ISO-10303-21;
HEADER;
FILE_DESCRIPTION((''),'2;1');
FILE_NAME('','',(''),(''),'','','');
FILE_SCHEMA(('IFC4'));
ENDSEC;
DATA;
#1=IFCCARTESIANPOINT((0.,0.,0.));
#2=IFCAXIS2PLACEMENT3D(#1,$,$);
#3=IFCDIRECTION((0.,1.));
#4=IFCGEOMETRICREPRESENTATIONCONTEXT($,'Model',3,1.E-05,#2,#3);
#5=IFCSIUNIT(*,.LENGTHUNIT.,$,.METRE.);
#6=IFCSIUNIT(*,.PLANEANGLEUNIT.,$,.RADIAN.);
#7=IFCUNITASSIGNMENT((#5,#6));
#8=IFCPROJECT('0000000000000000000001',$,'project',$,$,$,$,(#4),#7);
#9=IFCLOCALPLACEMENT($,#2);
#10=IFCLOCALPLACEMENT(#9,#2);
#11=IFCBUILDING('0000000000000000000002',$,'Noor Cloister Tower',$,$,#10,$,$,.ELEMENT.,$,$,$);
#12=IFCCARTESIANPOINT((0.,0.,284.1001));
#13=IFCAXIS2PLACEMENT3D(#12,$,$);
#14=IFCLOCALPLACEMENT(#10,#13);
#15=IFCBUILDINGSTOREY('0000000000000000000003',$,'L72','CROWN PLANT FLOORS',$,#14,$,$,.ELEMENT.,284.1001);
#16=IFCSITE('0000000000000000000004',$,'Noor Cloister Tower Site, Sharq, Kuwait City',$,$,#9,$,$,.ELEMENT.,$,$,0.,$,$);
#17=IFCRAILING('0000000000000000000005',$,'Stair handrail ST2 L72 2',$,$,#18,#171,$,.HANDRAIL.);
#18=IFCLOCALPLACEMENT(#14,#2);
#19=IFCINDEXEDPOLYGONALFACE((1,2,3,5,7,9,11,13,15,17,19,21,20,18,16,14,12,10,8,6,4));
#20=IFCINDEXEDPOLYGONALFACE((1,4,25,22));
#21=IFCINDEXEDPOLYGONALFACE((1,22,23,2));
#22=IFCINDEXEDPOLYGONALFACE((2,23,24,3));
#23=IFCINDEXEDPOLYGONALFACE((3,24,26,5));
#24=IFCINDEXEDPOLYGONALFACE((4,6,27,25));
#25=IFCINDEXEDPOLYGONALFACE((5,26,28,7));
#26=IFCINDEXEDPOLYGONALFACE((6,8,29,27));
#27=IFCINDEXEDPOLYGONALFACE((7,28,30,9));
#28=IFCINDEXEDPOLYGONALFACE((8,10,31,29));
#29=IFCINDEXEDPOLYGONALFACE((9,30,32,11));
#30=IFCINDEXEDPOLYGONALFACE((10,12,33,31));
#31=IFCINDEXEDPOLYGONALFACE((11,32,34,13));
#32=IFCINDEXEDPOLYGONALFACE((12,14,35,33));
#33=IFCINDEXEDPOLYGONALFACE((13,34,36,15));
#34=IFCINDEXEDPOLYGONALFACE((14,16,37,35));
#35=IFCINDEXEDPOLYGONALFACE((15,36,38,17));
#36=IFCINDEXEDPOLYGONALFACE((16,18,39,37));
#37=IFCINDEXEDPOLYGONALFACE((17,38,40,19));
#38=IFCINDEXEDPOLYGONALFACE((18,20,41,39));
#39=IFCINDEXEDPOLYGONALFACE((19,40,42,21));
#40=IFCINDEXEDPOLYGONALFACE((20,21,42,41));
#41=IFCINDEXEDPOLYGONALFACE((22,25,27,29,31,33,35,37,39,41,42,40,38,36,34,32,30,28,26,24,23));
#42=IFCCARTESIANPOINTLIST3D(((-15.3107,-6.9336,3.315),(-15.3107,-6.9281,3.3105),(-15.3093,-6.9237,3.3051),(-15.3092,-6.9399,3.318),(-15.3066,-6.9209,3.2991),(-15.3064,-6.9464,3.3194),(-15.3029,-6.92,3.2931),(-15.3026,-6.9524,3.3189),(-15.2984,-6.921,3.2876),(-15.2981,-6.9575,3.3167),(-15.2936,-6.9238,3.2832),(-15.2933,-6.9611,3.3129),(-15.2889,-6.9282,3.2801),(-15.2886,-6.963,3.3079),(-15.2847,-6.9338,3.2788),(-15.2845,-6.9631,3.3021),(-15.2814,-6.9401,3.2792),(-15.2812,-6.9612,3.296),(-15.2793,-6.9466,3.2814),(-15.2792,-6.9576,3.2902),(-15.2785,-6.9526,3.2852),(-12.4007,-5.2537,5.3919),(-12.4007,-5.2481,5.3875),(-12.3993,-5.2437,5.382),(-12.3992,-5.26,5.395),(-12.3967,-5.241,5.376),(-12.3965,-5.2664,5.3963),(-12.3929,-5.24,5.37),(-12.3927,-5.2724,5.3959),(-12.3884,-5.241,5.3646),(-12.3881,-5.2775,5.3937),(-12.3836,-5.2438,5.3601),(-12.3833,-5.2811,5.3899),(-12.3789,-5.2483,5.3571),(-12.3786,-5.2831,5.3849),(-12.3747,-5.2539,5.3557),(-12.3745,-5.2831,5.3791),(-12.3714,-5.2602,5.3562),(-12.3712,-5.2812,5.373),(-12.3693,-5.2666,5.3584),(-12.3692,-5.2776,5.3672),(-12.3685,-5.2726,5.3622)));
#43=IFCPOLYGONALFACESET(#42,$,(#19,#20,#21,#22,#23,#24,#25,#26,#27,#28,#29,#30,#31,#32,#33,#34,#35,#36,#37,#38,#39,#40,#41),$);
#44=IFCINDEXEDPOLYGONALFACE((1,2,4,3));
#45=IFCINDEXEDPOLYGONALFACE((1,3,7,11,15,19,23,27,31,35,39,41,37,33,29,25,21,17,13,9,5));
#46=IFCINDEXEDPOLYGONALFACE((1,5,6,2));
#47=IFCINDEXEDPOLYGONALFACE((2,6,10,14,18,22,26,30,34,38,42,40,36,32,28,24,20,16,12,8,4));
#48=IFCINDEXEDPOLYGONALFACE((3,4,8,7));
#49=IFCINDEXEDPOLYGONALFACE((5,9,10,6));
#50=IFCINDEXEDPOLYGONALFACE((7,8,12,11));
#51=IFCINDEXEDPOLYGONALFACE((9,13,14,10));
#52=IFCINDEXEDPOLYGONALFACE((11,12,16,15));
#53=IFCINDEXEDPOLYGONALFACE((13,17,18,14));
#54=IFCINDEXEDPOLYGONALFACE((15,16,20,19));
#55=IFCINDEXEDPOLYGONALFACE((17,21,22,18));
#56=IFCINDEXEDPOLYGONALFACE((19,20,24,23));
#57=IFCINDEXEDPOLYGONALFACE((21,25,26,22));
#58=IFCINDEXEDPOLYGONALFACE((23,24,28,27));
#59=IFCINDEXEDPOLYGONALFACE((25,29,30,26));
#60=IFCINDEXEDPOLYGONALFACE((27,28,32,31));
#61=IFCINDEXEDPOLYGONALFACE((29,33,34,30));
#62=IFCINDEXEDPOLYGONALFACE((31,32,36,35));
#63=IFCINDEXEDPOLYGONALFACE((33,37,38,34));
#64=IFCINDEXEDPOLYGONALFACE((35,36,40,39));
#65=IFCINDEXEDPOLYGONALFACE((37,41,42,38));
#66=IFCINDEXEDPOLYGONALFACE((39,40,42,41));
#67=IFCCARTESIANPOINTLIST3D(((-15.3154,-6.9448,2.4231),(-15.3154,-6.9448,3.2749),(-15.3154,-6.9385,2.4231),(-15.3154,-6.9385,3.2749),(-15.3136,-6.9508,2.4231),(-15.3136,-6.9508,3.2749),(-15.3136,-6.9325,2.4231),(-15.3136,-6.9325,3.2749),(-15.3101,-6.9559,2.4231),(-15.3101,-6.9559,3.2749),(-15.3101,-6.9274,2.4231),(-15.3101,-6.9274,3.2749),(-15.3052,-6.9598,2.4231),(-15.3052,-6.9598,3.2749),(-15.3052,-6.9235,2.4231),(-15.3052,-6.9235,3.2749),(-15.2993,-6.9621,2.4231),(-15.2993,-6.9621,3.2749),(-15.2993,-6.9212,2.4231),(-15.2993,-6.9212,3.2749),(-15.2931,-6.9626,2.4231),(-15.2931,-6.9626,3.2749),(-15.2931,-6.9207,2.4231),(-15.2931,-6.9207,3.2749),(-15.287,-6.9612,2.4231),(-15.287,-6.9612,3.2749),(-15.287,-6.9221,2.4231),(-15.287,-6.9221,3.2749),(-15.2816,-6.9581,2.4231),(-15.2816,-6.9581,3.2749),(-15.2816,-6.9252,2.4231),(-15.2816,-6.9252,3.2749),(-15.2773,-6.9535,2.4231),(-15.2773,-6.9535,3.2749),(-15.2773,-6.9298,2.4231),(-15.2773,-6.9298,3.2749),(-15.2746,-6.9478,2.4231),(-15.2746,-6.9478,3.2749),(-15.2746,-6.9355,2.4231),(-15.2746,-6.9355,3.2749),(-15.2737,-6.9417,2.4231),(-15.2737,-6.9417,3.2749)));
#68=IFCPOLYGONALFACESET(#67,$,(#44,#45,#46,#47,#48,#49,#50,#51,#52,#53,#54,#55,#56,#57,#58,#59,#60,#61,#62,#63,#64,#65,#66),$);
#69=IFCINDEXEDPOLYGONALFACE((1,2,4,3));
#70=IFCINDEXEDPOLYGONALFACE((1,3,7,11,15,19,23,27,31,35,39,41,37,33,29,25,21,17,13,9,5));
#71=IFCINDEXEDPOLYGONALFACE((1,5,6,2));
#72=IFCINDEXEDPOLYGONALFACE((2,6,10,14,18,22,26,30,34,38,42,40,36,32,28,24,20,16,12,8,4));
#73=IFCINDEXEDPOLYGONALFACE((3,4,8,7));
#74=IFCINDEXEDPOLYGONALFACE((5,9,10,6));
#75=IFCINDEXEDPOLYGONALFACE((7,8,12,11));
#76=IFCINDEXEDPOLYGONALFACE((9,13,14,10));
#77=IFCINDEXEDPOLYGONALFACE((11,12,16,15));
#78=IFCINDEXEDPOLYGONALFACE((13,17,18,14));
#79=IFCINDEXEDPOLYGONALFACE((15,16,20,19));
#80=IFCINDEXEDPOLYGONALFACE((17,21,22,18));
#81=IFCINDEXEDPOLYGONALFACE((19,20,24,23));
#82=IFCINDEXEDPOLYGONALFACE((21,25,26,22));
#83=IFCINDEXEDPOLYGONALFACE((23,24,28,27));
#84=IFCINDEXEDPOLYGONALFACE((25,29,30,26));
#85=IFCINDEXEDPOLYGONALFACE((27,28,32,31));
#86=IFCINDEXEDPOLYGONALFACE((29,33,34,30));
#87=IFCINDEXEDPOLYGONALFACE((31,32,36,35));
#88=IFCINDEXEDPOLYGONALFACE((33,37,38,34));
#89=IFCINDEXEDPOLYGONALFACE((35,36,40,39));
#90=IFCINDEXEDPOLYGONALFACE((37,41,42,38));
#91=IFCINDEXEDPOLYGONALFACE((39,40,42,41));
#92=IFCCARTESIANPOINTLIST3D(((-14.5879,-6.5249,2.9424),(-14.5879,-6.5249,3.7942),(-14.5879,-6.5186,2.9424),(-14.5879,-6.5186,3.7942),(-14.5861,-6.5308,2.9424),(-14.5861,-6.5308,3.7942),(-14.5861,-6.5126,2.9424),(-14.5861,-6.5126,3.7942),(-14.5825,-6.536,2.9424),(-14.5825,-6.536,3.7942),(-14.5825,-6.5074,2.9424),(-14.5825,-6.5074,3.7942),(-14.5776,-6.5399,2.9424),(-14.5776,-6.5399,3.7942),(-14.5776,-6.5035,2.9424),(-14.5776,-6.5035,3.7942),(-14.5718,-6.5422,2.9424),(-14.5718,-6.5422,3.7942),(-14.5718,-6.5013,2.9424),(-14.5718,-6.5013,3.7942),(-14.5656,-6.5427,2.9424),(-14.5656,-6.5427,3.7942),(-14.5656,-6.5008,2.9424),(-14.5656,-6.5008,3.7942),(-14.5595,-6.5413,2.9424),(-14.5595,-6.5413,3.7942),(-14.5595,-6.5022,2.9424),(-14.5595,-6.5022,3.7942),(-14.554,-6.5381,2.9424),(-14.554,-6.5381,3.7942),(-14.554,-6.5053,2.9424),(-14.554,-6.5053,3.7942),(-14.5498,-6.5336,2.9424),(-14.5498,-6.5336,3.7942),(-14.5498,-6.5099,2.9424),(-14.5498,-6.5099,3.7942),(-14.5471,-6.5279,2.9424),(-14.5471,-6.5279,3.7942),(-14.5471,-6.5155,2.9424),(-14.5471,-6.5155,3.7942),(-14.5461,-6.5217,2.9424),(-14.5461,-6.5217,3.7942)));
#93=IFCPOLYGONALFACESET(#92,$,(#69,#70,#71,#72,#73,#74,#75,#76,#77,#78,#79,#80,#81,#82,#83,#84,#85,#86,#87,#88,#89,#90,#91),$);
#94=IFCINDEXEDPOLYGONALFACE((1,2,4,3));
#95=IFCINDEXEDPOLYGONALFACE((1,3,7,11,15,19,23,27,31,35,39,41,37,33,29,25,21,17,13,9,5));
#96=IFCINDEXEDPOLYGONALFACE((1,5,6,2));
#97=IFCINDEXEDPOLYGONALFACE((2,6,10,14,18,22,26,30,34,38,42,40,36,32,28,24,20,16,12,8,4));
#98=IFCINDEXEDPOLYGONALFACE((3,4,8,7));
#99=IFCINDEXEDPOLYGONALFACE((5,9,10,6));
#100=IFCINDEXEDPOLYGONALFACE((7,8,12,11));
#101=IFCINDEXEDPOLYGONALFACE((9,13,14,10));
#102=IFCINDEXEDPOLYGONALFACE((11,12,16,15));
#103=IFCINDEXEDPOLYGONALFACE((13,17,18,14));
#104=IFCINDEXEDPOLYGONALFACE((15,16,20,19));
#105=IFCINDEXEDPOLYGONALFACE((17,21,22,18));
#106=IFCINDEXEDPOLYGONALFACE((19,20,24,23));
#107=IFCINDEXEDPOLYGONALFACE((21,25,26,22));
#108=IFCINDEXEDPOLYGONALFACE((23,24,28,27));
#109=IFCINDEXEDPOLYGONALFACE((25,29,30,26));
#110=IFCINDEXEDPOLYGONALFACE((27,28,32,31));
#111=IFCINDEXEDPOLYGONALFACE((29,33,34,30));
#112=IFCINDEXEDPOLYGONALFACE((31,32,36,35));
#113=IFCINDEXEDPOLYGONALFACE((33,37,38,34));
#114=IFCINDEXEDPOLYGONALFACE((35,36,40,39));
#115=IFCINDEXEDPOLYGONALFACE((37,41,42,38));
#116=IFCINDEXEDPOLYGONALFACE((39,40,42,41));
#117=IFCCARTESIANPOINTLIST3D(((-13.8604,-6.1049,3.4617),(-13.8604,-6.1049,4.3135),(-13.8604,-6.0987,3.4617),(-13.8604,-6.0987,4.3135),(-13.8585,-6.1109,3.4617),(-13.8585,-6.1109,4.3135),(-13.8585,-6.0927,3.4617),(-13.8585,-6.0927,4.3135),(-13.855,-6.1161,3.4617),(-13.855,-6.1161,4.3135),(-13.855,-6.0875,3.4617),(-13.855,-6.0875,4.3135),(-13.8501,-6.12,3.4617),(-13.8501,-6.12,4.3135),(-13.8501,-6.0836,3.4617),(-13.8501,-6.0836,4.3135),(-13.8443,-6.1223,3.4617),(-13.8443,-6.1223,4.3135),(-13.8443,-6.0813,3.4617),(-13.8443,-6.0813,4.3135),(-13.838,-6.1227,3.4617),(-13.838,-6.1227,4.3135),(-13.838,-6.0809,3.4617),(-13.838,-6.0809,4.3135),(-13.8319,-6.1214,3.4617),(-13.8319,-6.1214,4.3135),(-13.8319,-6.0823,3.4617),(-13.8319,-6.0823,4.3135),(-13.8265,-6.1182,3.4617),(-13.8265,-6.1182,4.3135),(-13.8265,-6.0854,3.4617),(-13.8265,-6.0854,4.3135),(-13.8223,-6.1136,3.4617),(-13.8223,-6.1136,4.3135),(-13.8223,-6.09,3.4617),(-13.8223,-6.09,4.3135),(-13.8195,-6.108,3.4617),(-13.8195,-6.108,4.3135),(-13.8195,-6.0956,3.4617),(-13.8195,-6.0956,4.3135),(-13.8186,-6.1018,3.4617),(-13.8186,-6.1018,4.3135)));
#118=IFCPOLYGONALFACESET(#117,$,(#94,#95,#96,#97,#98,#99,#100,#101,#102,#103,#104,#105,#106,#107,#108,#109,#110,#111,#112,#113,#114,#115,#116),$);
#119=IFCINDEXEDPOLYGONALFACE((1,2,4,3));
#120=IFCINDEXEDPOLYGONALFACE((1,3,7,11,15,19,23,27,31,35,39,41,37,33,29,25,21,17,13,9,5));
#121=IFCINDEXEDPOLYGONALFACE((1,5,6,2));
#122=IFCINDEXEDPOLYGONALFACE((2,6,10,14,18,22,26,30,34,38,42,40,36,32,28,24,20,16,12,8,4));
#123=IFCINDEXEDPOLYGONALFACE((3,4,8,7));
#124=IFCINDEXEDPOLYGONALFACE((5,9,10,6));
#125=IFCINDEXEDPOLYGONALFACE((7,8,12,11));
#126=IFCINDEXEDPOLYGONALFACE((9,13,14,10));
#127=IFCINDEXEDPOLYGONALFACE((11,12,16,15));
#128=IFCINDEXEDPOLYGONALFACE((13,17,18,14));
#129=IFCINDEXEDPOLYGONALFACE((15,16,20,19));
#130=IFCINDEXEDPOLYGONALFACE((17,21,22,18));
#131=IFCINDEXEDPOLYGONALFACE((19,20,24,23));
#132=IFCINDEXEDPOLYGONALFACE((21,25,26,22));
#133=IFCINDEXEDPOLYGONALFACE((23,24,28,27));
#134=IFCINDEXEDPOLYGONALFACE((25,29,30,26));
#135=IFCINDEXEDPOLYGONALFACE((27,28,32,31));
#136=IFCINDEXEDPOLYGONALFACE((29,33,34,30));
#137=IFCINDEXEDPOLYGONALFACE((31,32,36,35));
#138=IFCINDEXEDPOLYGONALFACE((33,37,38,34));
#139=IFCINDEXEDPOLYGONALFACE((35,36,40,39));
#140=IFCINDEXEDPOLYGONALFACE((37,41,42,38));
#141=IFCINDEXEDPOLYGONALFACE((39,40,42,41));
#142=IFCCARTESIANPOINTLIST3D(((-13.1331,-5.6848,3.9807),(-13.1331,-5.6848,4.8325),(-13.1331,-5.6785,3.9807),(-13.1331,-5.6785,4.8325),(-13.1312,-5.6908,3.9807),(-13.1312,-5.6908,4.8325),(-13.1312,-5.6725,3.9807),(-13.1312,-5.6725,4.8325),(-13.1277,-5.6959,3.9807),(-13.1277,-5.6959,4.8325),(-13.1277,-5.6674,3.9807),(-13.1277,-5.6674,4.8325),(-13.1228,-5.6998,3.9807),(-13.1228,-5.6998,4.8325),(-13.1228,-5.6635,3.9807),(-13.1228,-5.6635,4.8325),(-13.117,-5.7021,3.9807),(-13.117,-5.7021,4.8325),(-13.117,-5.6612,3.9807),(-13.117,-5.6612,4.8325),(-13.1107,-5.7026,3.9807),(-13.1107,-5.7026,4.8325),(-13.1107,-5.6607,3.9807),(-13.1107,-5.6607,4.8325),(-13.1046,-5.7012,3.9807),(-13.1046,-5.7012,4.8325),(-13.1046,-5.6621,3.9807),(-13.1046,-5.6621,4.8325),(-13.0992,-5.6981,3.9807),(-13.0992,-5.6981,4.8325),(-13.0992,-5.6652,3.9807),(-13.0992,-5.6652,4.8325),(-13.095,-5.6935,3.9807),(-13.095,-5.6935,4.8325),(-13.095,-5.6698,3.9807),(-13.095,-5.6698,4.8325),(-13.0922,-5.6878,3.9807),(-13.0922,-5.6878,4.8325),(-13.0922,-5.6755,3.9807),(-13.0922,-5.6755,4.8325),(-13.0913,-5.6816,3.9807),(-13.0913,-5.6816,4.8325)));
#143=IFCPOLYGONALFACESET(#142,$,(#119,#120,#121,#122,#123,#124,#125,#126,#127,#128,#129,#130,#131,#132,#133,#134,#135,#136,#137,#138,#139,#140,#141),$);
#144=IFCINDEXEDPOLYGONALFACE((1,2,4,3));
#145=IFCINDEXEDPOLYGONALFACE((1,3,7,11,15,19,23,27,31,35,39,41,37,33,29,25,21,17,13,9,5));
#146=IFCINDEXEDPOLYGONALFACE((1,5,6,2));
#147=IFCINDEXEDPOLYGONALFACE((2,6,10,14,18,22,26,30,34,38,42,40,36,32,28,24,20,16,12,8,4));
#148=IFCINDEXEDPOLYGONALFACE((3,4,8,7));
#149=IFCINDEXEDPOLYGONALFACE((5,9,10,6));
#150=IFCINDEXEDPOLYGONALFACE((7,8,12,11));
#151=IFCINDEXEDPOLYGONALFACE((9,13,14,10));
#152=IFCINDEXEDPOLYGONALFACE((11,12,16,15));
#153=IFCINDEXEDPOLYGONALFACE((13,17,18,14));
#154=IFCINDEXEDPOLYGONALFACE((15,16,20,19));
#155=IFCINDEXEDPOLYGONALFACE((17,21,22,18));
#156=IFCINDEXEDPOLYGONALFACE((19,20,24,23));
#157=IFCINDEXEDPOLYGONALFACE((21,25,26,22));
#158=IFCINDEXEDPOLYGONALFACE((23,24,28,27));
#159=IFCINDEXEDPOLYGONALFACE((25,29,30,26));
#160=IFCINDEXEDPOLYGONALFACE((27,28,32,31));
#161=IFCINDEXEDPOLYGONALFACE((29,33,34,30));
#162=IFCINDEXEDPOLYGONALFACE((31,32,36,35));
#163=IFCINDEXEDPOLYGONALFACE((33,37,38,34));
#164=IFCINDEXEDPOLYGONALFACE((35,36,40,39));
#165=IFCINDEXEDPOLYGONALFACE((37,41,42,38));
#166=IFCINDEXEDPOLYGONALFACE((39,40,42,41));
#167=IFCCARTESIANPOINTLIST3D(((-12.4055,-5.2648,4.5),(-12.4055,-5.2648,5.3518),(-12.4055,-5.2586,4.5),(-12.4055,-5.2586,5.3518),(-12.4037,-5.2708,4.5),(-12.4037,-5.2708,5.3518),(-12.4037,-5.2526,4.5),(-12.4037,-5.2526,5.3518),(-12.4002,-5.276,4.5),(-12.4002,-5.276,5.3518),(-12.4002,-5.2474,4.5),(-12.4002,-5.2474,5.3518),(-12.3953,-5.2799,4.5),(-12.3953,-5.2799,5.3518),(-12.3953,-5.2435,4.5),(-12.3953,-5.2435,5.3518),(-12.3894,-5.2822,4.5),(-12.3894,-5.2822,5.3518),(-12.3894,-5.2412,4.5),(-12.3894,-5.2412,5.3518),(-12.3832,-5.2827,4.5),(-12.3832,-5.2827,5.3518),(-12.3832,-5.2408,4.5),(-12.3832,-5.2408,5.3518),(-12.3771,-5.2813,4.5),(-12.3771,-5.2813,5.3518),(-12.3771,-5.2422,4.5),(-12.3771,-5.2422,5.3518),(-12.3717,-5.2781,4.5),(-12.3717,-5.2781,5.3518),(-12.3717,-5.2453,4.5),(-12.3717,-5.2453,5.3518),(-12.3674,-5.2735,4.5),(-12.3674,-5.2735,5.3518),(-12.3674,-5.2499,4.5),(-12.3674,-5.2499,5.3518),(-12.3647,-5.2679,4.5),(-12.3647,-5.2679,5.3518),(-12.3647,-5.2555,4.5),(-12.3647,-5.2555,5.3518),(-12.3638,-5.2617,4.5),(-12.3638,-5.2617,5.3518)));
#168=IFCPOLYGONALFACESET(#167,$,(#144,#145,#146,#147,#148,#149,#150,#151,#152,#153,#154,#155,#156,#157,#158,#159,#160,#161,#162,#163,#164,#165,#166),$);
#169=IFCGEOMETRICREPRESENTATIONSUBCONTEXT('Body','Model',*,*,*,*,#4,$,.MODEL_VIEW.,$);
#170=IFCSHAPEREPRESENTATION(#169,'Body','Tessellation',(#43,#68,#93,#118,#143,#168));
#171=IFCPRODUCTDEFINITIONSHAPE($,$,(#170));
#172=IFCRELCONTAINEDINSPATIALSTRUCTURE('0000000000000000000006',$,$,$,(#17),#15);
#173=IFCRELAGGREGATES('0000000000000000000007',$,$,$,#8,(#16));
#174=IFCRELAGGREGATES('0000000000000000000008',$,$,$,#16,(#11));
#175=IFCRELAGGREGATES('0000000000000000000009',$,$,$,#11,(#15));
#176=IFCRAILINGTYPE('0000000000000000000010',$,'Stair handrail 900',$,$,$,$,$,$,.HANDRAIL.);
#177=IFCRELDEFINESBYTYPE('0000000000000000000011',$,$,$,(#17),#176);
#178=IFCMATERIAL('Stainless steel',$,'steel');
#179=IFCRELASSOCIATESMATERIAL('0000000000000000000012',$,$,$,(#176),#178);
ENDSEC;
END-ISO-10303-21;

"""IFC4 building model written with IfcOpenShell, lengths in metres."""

from ifc_helpers import new_model, si_unit, direction, frame, origin, origin_2d, place, context, subcontext, project, spatial, circle, extrude, material, type_object, element, save


model = new_model("IFC4")

# Units and contexts
model_context = context("Model", 3, precision=1e-05, world=origin(), true_north=direction((0.0, 1.0)))
body_context = subcontext(model_context, "Body", "Model", "MODEL_VIEW")
ifc_project = project(units=[si_unit("LENGTHUNIT", "METRE"), si_unit("PLANEANGLEUNIT", "RADIAN")], contexts=[model_context])

# Site, building, storey
site_placement = place(None, origin())
site = spatial("IfcSite", under=ifc_project, at=site_placement, Name="Noor Cloister Tower Site, Sharq, Kuwait City", CompositionType="ELEMENT", RefElevation=0.0)
building_placement = place(site_placement, origin())
building = spatial("IfcBuilding", under=site, at=building_placement, Name="Noor Cloister Tower", CompositionType="ELEMENT")
storey_placement = place(building_placement, frame((0.0, 0.0, 284.1001)))
storey = spatial("IfcBuildingStorey", under=building, at=storey_placement, Name="L72", Description="CROWN PLANT FLOORS", CompositionType="ELEMENT", Elevation=284.1001)

# Railing
ifc_material_1 = material(Name="Stainless steel", Category="steel")
railing_type_1 = type_object("IfcRailingType", Name="Stair handrail 900", PredefinedType="HANDRAIL", material=ifc_material_1)
railing_1_placement = place(storey_placement, frame((-15.2947, -6.9417, 2.4231)))
element("IfcRailing", 1, at=railing_1_placement, inside=storey, type_object=railing_type_1, Name="Stair handrail ST2 L72 2", PredefinedType="HANDRAIL", context=body_context, shape_type="SweptSolid", body=[
    extrude(circle(Radius=0.0239, at=origin_2d()), frame((0.0, 0.0, 0.876), z_axis=(0.736668, 0.425288, 0.525785), x_axis=(-0.499976, 0.866039, 0.0)), (0.0, 0.0, 1.0), 3.9502),
    extrude(circle(Radius=0.021, at=origin_2d()), origin(), (0.0, 0.0, 1.0), 0.8518),
    extrude(circle(Radius=0.021, at=origin_2d()), frame((0.7275, 0.4199, 0.5193)), (0.0, 0.0, 1.0), 0.8518),
    extrude(circle(Radius=0.021, at=origin_2d()), frame((1.4551, 0.8398, 1.0386)), (0.0, 0.0, 1.0), 0.8518),
    extrude(circle(Radius=0.021, at=origin_2d()), frame((2.1824, 1.26, 1.5576)), (0.0, 0.0, 1.0), 0.8518),
    extrude(circle(Radius=0.021, at=origin_2d()), frame((2.9099, 1.6799, 2.0769)), (0.0, 0.0, 1.0), 0.8518),
])

save(model, "model.ifc")
